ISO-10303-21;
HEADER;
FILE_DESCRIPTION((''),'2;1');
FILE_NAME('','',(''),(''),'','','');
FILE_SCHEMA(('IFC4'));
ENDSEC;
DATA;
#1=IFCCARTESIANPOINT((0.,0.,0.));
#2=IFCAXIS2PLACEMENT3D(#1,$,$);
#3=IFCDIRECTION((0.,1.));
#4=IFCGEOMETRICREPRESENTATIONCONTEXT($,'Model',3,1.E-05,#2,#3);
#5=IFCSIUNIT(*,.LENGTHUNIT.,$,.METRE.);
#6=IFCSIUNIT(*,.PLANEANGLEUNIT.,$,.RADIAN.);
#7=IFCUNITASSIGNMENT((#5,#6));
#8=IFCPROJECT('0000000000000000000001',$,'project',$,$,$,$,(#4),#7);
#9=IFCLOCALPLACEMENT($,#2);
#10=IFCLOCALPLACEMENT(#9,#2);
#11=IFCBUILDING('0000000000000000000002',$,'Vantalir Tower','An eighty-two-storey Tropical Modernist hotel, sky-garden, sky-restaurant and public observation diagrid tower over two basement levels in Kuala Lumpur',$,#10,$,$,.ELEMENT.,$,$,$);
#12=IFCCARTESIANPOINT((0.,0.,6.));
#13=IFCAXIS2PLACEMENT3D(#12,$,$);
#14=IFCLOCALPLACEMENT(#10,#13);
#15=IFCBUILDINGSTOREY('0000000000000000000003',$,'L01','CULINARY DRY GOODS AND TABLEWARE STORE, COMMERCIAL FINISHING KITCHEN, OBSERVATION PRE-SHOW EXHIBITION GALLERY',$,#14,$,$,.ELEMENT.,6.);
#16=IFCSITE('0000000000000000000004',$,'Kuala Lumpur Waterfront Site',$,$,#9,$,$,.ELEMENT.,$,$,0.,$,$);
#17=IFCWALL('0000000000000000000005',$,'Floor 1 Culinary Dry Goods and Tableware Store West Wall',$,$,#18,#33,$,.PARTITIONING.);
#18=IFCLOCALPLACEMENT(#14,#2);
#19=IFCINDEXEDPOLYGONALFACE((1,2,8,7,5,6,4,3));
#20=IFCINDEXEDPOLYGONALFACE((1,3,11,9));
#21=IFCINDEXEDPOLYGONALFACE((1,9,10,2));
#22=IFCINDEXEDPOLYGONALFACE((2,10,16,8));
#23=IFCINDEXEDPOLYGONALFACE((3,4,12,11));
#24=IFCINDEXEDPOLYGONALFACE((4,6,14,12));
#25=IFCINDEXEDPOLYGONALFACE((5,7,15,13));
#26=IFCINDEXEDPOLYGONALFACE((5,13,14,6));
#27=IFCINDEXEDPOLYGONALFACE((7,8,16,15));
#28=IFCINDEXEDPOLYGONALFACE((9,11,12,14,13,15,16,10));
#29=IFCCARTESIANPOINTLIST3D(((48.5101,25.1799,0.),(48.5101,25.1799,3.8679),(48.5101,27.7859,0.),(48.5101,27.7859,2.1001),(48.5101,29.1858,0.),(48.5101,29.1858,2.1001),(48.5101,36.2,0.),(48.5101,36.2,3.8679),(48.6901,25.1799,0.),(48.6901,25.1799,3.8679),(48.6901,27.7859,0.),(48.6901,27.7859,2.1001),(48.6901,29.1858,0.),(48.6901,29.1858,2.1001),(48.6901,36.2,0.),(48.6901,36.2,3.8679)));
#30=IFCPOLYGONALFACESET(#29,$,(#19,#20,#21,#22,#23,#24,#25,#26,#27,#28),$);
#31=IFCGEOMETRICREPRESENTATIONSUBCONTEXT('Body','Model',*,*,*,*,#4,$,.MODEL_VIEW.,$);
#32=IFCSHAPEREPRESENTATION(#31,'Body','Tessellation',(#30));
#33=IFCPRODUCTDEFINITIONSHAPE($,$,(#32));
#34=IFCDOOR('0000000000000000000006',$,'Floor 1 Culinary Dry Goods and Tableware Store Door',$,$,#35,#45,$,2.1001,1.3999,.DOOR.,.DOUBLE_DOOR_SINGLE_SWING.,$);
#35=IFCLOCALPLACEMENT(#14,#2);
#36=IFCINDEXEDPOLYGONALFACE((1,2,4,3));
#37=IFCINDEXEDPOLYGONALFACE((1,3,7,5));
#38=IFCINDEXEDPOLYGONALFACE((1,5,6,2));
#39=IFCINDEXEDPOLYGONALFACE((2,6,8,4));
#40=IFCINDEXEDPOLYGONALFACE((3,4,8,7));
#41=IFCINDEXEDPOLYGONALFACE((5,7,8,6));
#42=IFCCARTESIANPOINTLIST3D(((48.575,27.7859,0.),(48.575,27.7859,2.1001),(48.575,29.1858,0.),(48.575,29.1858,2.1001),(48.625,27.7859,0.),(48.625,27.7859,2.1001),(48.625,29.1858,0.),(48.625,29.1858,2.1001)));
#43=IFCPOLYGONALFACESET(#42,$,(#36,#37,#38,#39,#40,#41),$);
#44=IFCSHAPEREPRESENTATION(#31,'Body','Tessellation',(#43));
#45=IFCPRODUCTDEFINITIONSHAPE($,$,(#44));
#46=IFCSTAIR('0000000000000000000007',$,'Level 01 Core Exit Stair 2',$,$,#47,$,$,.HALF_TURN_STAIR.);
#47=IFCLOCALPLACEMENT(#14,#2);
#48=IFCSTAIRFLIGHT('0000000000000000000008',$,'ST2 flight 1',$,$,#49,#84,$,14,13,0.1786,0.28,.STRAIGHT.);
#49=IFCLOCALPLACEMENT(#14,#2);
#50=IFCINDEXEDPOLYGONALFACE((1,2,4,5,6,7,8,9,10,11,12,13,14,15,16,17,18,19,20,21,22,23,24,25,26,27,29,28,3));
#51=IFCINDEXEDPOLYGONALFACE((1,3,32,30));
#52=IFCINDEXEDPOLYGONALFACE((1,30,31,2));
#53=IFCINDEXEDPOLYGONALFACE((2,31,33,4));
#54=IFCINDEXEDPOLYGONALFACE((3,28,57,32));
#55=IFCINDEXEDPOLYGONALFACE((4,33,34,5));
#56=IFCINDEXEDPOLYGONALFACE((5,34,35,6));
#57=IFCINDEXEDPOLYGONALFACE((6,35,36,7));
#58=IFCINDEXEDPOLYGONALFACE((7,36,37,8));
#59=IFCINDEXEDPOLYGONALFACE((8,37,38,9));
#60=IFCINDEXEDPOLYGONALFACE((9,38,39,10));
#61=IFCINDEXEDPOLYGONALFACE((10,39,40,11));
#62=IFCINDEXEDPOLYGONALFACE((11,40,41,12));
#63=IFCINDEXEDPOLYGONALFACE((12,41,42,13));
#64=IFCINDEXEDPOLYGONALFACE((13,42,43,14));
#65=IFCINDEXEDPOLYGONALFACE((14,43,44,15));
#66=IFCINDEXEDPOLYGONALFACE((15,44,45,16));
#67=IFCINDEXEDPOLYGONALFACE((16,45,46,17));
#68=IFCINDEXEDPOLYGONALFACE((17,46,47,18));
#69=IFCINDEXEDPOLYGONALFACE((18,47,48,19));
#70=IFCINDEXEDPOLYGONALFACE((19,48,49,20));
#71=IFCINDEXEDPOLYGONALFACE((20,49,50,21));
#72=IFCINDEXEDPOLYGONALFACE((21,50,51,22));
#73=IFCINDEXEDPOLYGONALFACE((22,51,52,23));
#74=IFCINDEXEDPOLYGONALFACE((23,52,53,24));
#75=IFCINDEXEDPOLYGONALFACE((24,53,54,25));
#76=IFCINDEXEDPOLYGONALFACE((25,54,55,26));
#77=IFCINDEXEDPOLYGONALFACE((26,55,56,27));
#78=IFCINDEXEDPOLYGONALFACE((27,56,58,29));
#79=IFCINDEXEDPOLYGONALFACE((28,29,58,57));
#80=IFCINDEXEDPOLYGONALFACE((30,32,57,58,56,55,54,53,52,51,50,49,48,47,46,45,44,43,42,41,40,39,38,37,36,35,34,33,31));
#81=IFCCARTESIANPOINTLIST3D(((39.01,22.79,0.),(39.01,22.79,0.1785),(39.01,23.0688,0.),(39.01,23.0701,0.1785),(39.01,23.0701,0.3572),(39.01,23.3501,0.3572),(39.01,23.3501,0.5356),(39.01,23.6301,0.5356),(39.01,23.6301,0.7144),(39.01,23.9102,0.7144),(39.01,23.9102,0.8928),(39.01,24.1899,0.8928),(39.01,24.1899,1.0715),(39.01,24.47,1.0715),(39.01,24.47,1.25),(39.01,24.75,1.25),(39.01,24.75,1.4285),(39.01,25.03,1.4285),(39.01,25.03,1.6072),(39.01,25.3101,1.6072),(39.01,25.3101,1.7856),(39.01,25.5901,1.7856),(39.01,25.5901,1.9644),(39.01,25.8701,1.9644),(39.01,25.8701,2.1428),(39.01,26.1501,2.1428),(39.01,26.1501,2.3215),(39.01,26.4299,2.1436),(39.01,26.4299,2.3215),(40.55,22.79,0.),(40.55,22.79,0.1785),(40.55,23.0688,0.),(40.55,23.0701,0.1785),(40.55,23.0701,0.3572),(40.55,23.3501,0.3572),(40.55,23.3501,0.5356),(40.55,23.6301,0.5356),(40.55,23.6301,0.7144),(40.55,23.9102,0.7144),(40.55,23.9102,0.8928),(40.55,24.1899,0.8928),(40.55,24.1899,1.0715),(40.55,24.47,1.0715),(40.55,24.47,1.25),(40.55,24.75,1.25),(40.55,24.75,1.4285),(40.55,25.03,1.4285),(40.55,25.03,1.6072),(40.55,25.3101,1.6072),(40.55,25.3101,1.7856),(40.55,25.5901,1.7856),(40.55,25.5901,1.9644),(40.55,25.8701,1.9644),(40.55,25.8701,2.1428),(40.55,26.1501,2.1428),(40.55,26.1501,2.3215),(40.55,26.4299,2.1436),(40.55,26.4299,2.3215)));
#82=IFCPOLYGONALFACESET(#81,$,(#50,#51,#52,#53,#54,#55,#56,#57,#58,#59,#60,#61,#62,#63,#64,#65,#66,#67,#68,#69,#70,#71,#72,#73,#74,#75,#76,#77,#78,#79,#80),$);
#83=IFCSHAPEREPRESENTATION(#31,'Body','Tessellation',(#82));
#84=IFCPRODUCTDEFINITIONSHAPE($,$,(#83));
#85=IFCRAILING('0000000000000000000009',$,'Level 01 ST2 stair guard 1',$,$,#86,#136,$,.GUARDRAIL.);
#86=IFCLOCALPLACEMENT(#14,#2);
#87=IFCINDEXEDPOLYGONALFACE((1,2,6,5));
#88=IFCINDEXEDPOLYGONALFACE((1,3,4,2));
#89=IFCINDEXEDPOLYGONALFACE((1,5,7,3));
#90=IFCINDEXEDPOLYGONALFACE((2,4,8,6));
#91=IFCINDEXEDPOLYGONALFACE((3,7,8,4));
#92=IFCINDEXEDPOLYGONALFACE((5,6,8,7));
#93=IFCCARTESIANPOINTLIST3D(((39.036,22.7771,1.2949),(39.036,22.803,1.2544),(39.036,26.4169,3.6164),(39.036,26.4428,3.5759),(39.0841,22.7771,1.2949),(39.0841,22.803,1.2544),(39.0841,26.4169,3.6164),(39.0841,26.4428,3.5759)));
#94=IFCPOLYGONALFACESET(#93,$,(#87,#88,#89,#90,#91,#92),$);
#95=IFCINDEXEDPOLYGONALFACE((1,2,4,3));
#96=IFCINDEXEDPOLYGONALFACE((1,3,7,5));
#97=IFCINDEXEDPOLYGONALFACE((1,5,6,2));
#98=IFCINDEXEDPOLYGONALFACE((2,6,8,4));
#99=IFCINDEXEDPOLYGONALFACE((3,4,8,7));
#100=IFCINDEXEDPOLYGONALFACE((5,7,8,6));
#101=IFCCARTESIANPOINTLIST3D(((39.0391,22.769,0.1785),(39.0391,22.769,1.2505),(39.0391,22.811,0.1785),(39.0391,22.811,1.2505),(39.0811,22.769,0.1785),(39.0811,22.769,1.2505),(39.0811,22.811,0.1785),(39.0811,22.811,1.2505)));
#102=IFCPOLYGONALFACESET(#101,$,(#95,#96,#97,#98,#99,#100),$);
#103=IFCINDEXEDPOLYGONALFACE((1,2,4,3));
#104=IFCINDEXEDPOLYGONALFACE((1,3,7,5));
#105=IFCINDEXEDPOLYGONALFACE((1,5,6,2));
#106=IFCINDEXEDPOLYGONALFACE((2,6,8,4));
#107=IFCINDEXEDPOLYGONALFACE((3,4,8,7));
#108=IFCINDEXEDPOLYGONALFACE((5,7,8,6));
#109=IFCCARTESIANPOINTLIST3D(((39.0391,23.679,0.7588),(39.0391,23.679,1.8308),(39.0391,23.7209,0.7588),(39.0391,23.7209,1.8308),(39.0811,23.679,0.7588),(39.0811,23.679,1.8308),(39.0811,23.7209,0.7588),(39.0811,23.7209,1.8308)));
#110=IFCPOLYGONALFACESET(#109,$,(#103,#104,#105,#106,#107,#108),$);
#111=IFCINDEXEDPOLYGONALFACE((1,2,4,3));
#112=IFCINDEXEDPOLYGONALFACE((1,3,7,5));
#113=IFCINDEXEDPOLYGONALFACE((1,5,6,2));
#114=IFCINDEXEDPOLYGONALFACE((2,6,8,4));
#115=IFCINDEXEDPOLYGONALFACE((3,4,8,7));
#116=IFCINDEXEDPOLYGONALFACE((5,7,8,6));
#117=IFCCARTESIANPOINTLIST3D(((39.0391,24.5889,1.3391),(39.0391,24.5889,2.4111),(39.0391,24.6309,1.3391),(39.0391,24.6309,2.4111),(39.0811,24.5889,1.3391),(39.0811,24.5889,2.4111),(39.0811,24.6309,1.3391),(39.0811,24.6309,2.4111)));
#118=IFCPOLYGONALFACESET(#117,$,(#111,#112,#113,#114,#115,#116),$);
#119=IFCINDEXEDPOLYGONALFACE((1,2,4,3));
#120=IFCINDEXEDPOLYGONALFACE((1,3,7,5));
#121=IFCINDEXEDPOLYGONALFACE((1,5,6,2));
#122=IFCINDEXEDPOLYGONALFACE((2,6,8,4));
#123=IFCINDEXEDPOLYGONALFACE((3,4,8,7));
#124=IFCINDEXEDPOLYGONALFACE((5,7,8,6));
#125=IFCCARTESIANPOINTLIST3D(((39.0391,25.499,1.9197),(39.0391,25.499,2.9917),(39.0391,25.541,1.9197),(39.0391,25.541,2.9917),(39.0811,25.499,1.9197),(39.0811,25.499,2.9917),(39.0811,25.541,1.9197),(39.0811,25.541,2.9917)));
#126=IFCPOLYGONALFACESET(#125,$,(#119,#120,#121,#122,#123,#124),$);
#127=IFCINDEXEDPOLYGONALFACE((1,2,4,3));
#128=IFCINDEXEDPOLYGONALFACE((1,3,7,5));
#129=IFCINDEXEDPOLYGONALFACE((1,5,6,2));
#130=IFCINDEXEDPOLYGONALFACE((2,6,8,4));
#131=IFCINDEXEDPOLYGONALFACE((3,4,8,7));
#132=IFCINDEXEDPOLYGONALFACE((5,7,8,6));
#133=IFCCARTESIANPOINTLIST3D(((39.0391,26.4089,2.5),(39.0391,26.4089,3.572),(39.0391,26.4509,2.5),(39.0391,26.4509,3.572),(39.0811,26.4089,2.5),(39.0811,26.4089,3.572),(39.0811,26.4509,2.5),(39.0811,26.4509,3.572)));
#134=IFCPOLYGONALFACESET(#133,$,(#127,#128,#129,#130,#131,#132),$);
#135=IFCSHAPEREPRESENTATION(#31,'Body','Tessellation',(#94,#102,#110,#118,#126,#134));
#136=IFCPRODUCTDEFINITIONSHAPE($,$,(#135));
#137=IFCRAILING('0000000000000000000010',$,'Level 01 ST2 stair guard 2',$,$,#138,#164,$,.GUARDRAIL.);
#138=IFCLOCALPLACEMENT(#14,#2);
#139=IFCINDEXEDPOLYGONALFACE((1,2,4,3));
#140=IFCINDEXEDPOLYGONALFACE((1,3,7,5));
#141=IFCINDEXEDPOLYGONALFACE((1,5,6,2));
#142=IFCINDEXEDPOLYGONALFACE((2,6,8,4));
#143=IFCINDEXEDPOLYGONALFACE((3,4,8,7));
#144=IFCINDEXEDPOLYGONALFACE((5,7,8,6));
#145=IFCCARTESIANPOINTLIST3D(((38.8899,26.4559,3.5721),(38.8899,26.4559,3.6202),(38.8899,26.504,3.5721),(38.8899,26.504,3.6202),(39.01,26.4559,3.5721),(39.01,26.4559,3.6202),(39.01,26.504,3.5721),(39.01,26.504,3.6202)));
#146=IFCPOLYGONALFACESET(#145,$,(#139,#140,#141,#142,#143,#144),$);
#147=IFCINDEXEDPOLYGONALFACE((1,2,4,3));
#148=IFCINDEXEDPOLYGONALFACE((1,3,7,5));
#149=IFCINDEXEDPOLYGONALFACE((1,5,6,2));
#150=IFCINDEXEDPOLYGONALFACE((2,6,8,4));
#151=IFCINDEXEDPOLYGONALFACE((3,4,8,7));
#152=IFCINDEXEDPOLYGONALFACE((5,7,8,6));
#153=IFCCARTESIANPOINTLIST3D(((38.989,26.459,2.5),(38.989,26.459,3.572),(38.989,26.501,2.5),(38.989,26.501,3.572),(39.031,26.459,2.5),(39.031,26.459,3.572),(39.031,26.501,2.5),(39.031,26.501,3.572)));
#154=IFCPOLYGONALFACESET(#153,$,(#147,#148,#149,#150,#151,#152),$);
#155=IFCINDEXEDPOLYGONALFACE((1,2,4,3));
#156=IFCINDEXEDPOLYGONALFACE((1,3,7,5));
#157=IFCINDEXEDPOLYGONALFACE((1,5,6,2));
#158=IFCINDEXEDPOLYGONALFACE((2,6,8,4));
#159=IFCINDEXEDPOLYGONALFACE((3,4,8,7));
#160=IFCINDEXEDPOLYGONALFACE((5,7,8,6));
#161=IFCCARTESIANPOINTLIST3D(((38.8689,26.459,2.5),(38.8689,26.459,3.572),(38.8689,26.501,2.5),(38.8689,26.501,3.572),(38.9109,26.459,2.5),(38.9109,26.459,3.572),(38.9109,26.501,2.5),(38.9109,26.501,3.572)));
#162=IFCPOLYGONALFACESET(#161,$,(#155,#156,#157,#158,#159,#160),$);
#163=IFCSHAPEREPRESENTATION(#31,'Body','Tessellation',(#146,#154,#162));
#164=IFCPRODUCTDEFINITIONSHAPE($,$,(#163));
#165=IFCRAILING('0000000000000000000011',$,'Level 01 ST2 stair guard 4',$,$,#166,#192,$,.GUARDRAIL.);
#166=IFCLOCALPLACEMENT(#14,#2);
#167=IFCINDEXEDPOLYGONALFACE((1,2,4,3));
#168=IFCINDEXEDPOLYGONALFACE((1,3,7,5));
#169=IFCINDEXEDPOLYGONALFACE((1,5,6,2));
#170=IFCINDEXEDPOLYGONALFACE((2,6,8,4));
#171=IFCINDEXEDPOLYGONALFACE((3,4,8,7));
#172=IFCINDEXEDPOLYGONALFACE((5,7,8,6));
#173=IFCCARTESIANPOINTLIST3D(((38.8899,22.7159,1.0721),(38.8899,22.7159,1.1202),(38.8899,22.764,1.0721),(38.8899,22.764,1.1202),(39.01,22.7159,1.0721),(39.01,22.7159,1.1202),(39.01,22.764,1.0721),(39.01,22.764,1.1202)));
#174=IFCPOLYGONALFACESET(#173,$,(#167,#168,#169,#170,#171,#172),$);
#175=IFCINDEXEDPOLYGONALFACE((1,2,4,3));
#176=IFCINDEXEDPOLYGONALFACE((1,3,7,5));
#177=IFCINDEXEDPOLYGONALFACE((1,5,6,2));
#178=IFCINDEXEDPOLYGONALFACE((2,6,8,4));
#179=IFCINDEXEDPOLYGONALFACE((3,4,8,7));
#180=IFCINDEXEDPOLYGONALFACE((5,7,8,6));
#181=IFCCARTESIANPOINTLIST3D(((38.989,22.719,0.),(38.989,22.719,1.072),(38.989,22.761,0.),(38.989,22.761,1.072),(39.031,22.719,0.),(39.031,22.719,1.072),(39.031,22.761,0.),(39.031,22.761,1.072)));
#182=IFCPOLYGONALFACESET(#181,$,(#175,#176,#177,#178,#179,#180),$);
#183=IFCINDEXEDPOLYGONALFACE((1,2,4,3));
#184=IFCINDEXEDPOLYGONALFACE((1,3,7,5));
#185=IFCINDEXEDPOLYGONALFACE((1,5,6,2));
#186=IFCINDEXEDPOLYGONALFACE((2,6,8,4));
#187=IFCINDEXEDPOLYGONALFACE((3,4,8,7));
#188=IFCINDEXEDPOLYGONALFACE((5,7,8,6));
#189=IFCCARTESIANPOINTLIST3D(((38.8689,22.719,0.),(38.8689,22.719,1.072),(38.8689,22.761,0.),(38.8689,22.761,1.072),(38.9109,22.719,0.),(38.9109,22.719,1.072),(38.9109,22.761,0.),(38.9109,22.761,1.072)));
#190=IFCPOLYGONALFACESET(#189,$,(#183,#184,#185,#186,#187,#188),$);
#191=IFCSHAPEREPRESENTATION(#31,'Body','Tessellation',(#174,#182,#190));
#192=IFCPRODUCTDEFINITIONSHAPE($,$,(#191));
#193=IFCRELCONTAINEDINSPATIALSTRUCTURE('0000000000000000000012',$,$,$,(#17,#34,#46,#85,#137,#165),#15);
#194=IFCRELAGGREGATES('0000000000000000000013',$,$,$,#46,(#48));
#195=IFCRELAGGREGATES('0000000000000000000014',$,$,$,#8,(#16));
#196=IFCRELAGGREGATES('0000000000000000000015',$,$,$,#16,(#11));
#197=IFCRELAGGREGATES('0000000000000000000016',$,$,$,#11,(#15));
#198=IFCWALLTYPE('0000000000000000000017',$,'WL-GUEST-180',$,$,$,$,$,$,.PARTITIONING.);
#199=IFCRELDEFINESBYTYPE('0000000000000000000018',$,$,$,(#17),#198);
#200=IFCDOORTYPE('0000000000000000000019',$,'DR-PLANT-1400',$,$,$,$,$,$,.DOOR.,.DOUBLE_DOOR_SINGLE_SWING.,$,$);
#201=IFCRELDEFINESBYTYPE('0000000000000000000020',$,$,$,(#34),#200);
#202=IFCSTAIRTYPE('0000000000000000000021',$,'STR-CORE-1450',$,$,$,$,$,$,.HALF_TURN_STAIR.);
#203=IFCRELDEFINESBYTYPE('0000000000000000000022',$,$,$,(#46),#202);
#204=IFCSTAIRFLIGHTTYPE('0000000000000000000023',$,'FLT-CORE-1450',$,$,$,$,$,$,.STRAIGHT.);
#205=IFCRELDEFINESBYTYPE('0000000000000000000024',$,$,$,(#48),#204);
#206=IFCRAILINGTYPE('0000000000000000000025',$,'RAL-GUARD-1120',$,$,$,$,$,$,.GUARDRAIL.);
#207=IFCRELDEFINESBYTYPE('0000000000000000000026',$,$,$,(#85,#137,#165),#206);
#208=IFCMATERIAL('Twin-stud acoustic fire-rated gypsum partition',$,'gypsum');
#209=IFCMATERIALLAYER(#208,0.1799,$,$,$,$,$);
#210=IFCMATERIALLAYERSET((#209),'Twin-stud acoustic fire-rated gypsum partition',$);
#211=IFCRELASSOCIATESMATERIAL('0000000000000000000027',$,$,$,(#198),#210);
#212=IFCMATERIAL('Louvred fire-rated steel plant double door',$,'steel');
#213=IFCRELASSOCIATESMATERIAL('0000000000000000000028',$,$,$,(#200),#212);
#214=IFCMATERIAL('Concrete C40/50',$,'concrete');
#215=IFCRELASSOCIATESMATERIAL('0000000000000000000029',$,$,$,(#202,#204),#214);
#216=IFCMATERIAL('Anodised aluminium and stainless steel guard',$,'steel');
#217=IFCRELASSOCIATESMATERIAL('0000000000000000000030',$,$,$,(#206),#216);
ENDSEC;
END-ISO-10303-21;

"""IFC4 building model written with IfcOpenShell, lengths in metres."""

from ifc_helpers import new_model, si_unit, direction, frame, frame_2d, origin, origin_2d, place, context, subcontext, project, spatial, polyline, rectangle, outline, extrude, material, layer, layer_set, type_object, element, fill, aggregate, save


model = new_model("IFC4")

# Units and contexts
model_context = context("Model", 3, precision=1e-05, world=origin(), true_north=direction((0.0, 1.0)))
body_context = subcontext(model_context, "Body", "Model", "MODEL_VIEW")
ifc_project = project(units=[si_unit("LENGTHUNIT", "METRE"), si_unit("PLANEANGLEUNIT", "RADIAN")], contexts=[model_context])

# Site, building, storey
site_placement = place(None, origin())
site = spatial("IfcSite", under=ifc_project, at=site_placement, Name="Kuala Lumpur Waterfront Site", CompositionType="ELEMENT", RefElevation=0.0)
building_placement = place(site_placement, origin())
building = spatial("IfcBuilding", under=site, at=building_placement, Name="Vantalir Tower", Description="An eighty-two-storey Tropical Modernist hotel, sky-garden, sky-restaurant and public observation diagrid tower over two basement levels in Kuala Lumpur", CompositionType="ELEMENT")
storey_placement = place(building_placement, frame((0.0, 0.0, 6.0)))
storey = spatial("IfcBuildingStorey", under=building, at=storey_placement, Name="L01", Description="CULINARY DRY GOODS AND TABLEWARE STORE, COMMERCIAL FINISHING KITCHEN, OBSERVATION PRE-SHOW EXHIBITION GALLERY", CompositionType="ELEMENT", Elevation=6.0)

# Shared definitions
ifc_material_1 = material(Name="Twin-stud acoustic fire-rated gypsum partition", Category="gypsum")
ifc_layer_1 = layer(ifc_material_1, 0.1799)
ifc_layer_set_1 = layer_set([ifc_layer_1], Name="Twin-stud acoustic fire-rated gypsum partition")
wall_type_1 = type_object("IfcWallType", Name="WL-GUEST-180", PredefinedType="PARTITIONING", material=ifc_layer_set_1)

# Wall, opening, door
wall_1_placement = place(storey_placement, frame((48.6001, 25.1799, 0.0), z_axis=(0.0, 0.0, 1.0), x_axis=(0.0, 1.0, 0.0)))
wall_1 = element("IfcWall", 1, at=wall_1_placement, inside=storey, type_object=wall_type_1, Name="Floor 1 Culinary Dry Goods and Tableware Store West Wall", PredefinedType="PARTITIONING", context=body_context, shape_type="SweptSolid", body=[
    extrude(rectangle(XDim=11.02, YDim=0.1799, at=frame_2d((5.51, 0.0))), origin(), (0.0, 0.0, 1.0), 3.8679),
])
opening_placement = place(wall_1_placement, frame((2.606, 0.0, 0.0)))
opening = element("IfcOpeningElement", 2, at=opening_placement, cuts=wall_1, PredefinedType="OPENING", context=body_context, shape_type="SweptSolid", body=[
    extrude(rectangle(XDim=1.3999, YDim=2.1001, at=frame_2d((0.7, 1.05))), frame((0.0, 0.0999, 0.0), z_axis=(0.0, -1.0, 0.0), x_axis=(1.0, 0.0, 0.0)), (0.0, 0.0, 1.0), 0.2),
])
ifc_material_2 = material(Name="Louvred fire-rated steel plant double door", Category="steel")
door_type = type_object("IfcDoorType", Name="DR-PLANT-1400", OperationType="DOUBLE_DOOR_SINGLE_SWING", PredefinedType="DOOR", material=ifc_material_2)
door_placement = place(opening_placement, frame((1.3999, 0.0, 0.0), z_axis=(0.0, 0.0, 1.0), x_axis=(-1.0, 0.0, 0.0)))
door = element("IfcDoor", 3, at=door_placement, inside=storey, type_object=door_type, Name="Floor 1 Culinary Dry Goods and Tableware Store Door", OperationType="DOUBLE_DOOR_SINGLE_SWING", OverallHeight=2.1001, OverallWidth=1.3999, PredefinedType="DOOR", context=body_context, shape_type="SweptSolid", body=[
    extrude(rectangle(XDim=1.3999, YDim=2.1001, at=frame_2d((0.7, 1.05))), frame((0.0, 0.0249, 0.0), z_axis=(0.0, -1.0, 0.0), x_axis=(1.0, 0.0, 0.0)), (0.0, 0.0, 1.0), 0.05),
])
fill(opening, door)

# Stair, stair flight
ifc_material_3 = material(Name="Concrete C40/50", Category="concrete")
stair_type = type_object("IfcStairType", Name="STR-CORE-1450", PredefinedType="HALF_TURN_STAIR", material=ifc_material_3)
stair_placement = place(storey_placement, origin())
stair = element("IfcStair", 4, at=stair_placement, inside=storey, type_object=stair_type, Name="Level 01 Core Exit Stair 2", PredefinedType="HALF_TURN_STAIR")
stair_flight_type = type_object("IfcStairFlightType", Name="FLT-CORE-1450", PredefinedType="STRAIGHT", material=ifc_material_3)
stair_flight_placement = place(storey_placement, frame((39.78, 22.79, 0.0), z_axis=(0.0, 0.0, 1.0), x_axis=(0.0, 1.0, 0.0)))
stair_flight = element("IfcStairFlight", 5, at=stair_flight_placement, type_object=stair_flight_type, Name="ST2 flight 1", NumberOfRisers=14, NumberOfTreads=13, PredefinedType="STRAIGHT", RiserHeight=0.1786, TreadLength=0.28, context=body_context, shape_type="SweptSolid", body=[
    extrude(outline(polyline([(0.0, 0.0), (0.0, 0.1785), (0.28, 0.1785), (0.28, 0.3572), (0.5601, 0.3572), (0.5601, 0.5356), (0.8401, 0.5356), (0.8401, 0.7144), (1.1201, 0.7144), (1.1201, 0.8928), (1.3999, 0.8928), (1.3999, 1.0715), (1.6799, 1.0715), (1.6799, 1.25), (1.96, 1.25), (1.96, 1.4285), (2.24, 1.4285), (2.24, 1.6072), (2.52, 1.6072), (2.52, 1.7856), (2.8, 1.7856), (2.8, 1.9644), (3.0801, 1.9644), (3.0801, 2.1428), (3.3601, 2.1428), (3.3601, 2.3215), (3.6399, 2.3215), (3.6399, 2.5), (3.6399, 2.1436), (0.2788, 0.0), (0.0, 0.0)])), frame((0.0, 0.77, 0.0), z_axis=(0.0, -1.0, 0.0), x_axis=(1.0, 0.0, 0.0)), (0.0, 0.0, 1.0), 1.54),
])
aggregate(stair, [stair_flight])

# Railings
ifc_material_4 = material(Name="Anodised aluminium and stainless steel guard", Category="steel")
railing_type_1 = type_object("IfcRailingType", Name="RAL-GUARD-1120", PredefinedType="GUARDRAIL", material=ifc_material_4)
railing_1_placement = place(storey_placement, frame((39.0601, 22.79, 0.1785)))
element("IfcRailing", 6, at=railing_1_placement, inside=storey, type_object=railing_type_1, Name="Level 01 ST2 stair guard 1", PredefinedType="GUARDRAIL", context=body_context, shape_type="SweptSolid", body=[
    extrude(rectangle(XDim=0.0481, YDim=0.0481, at=origin_2d()), frame((0.0, 0.0, 1.0962), z_axis=(0.0, 0.843112, 0.537739), x_axis=(-1.0, 0.0, 0.0)), (0.0, 0.0, 1.0), 4.3171),
    extrude(rectangle(XDim=0.042, YDim=0.042, at=origin_2d()), origin(), (0.0, 0.0, 1.0), 1.072),
    extrude(rectangle(XDim=0.042, YDim=0.042, at=origin_2d()), frame((0.0, 0.9099, 0.5803)), (0.0, 0.0, 1.0), 1.072),
    extrude(rectangle(XDim=0.042, YDim=0.042, at=origin_2d()), frame((0.0, 1.8198, 1.1606)), (0.0, 0.0, 1.0), 1.072),
    extrude(rectangle(XDim=0.042, YDim=0.042, at=origin_2d()), frame((0.0, 2.73, 1.7412)), (0.0, 0.0, 1.0), 1.072),
    extrude(rectangle(XDim=0.042, YDim=0.042, at=origin_2d()), frame((0.0, 3.6399, 2.3215)), (0.0, 0.0, 1.0), 1.072),
])
for number, where, name in (
    (7, (39.01, 26.48, 2.5), "Level 01 ST2 stair guard 2"),
    (8, (39.01, 22.74, 0.0), "Level 01 ST2 stair guard 4"),
):
    element("IfcRailing", number, at=place(storey_placement, frame(where)), inside=storey, type_object=railing_type_1, Name=name, PredefinedType="GUARDRAIL", context=body_context, shape_type="SweptSolid", body=[
        extrude(rectangle(XDim=0.0481, YDim=0.0481, at=origin_2d()), frame((0.0, 0.0, 1.0962), z_axis=(-1.0, 0.0, 0.0), x_axis=(0.0, -1.0, 0.0)), (0.0, 0.0, 1.0), 0.1201),
        extrude(rectangle(XDim=0.042, YDim=0.042, at=origin_2d()), origin(), (0.0, 0.0, 1.0), 1.072),
        extrude(rectangle(XDim=0.042, YDim=0.042, at=origin_2d()), frame((-0.1201, 0.0, 0.0)), (0.0, 0.0, 1.0), 1.072),
    ])

save(model, "model.ifc")
